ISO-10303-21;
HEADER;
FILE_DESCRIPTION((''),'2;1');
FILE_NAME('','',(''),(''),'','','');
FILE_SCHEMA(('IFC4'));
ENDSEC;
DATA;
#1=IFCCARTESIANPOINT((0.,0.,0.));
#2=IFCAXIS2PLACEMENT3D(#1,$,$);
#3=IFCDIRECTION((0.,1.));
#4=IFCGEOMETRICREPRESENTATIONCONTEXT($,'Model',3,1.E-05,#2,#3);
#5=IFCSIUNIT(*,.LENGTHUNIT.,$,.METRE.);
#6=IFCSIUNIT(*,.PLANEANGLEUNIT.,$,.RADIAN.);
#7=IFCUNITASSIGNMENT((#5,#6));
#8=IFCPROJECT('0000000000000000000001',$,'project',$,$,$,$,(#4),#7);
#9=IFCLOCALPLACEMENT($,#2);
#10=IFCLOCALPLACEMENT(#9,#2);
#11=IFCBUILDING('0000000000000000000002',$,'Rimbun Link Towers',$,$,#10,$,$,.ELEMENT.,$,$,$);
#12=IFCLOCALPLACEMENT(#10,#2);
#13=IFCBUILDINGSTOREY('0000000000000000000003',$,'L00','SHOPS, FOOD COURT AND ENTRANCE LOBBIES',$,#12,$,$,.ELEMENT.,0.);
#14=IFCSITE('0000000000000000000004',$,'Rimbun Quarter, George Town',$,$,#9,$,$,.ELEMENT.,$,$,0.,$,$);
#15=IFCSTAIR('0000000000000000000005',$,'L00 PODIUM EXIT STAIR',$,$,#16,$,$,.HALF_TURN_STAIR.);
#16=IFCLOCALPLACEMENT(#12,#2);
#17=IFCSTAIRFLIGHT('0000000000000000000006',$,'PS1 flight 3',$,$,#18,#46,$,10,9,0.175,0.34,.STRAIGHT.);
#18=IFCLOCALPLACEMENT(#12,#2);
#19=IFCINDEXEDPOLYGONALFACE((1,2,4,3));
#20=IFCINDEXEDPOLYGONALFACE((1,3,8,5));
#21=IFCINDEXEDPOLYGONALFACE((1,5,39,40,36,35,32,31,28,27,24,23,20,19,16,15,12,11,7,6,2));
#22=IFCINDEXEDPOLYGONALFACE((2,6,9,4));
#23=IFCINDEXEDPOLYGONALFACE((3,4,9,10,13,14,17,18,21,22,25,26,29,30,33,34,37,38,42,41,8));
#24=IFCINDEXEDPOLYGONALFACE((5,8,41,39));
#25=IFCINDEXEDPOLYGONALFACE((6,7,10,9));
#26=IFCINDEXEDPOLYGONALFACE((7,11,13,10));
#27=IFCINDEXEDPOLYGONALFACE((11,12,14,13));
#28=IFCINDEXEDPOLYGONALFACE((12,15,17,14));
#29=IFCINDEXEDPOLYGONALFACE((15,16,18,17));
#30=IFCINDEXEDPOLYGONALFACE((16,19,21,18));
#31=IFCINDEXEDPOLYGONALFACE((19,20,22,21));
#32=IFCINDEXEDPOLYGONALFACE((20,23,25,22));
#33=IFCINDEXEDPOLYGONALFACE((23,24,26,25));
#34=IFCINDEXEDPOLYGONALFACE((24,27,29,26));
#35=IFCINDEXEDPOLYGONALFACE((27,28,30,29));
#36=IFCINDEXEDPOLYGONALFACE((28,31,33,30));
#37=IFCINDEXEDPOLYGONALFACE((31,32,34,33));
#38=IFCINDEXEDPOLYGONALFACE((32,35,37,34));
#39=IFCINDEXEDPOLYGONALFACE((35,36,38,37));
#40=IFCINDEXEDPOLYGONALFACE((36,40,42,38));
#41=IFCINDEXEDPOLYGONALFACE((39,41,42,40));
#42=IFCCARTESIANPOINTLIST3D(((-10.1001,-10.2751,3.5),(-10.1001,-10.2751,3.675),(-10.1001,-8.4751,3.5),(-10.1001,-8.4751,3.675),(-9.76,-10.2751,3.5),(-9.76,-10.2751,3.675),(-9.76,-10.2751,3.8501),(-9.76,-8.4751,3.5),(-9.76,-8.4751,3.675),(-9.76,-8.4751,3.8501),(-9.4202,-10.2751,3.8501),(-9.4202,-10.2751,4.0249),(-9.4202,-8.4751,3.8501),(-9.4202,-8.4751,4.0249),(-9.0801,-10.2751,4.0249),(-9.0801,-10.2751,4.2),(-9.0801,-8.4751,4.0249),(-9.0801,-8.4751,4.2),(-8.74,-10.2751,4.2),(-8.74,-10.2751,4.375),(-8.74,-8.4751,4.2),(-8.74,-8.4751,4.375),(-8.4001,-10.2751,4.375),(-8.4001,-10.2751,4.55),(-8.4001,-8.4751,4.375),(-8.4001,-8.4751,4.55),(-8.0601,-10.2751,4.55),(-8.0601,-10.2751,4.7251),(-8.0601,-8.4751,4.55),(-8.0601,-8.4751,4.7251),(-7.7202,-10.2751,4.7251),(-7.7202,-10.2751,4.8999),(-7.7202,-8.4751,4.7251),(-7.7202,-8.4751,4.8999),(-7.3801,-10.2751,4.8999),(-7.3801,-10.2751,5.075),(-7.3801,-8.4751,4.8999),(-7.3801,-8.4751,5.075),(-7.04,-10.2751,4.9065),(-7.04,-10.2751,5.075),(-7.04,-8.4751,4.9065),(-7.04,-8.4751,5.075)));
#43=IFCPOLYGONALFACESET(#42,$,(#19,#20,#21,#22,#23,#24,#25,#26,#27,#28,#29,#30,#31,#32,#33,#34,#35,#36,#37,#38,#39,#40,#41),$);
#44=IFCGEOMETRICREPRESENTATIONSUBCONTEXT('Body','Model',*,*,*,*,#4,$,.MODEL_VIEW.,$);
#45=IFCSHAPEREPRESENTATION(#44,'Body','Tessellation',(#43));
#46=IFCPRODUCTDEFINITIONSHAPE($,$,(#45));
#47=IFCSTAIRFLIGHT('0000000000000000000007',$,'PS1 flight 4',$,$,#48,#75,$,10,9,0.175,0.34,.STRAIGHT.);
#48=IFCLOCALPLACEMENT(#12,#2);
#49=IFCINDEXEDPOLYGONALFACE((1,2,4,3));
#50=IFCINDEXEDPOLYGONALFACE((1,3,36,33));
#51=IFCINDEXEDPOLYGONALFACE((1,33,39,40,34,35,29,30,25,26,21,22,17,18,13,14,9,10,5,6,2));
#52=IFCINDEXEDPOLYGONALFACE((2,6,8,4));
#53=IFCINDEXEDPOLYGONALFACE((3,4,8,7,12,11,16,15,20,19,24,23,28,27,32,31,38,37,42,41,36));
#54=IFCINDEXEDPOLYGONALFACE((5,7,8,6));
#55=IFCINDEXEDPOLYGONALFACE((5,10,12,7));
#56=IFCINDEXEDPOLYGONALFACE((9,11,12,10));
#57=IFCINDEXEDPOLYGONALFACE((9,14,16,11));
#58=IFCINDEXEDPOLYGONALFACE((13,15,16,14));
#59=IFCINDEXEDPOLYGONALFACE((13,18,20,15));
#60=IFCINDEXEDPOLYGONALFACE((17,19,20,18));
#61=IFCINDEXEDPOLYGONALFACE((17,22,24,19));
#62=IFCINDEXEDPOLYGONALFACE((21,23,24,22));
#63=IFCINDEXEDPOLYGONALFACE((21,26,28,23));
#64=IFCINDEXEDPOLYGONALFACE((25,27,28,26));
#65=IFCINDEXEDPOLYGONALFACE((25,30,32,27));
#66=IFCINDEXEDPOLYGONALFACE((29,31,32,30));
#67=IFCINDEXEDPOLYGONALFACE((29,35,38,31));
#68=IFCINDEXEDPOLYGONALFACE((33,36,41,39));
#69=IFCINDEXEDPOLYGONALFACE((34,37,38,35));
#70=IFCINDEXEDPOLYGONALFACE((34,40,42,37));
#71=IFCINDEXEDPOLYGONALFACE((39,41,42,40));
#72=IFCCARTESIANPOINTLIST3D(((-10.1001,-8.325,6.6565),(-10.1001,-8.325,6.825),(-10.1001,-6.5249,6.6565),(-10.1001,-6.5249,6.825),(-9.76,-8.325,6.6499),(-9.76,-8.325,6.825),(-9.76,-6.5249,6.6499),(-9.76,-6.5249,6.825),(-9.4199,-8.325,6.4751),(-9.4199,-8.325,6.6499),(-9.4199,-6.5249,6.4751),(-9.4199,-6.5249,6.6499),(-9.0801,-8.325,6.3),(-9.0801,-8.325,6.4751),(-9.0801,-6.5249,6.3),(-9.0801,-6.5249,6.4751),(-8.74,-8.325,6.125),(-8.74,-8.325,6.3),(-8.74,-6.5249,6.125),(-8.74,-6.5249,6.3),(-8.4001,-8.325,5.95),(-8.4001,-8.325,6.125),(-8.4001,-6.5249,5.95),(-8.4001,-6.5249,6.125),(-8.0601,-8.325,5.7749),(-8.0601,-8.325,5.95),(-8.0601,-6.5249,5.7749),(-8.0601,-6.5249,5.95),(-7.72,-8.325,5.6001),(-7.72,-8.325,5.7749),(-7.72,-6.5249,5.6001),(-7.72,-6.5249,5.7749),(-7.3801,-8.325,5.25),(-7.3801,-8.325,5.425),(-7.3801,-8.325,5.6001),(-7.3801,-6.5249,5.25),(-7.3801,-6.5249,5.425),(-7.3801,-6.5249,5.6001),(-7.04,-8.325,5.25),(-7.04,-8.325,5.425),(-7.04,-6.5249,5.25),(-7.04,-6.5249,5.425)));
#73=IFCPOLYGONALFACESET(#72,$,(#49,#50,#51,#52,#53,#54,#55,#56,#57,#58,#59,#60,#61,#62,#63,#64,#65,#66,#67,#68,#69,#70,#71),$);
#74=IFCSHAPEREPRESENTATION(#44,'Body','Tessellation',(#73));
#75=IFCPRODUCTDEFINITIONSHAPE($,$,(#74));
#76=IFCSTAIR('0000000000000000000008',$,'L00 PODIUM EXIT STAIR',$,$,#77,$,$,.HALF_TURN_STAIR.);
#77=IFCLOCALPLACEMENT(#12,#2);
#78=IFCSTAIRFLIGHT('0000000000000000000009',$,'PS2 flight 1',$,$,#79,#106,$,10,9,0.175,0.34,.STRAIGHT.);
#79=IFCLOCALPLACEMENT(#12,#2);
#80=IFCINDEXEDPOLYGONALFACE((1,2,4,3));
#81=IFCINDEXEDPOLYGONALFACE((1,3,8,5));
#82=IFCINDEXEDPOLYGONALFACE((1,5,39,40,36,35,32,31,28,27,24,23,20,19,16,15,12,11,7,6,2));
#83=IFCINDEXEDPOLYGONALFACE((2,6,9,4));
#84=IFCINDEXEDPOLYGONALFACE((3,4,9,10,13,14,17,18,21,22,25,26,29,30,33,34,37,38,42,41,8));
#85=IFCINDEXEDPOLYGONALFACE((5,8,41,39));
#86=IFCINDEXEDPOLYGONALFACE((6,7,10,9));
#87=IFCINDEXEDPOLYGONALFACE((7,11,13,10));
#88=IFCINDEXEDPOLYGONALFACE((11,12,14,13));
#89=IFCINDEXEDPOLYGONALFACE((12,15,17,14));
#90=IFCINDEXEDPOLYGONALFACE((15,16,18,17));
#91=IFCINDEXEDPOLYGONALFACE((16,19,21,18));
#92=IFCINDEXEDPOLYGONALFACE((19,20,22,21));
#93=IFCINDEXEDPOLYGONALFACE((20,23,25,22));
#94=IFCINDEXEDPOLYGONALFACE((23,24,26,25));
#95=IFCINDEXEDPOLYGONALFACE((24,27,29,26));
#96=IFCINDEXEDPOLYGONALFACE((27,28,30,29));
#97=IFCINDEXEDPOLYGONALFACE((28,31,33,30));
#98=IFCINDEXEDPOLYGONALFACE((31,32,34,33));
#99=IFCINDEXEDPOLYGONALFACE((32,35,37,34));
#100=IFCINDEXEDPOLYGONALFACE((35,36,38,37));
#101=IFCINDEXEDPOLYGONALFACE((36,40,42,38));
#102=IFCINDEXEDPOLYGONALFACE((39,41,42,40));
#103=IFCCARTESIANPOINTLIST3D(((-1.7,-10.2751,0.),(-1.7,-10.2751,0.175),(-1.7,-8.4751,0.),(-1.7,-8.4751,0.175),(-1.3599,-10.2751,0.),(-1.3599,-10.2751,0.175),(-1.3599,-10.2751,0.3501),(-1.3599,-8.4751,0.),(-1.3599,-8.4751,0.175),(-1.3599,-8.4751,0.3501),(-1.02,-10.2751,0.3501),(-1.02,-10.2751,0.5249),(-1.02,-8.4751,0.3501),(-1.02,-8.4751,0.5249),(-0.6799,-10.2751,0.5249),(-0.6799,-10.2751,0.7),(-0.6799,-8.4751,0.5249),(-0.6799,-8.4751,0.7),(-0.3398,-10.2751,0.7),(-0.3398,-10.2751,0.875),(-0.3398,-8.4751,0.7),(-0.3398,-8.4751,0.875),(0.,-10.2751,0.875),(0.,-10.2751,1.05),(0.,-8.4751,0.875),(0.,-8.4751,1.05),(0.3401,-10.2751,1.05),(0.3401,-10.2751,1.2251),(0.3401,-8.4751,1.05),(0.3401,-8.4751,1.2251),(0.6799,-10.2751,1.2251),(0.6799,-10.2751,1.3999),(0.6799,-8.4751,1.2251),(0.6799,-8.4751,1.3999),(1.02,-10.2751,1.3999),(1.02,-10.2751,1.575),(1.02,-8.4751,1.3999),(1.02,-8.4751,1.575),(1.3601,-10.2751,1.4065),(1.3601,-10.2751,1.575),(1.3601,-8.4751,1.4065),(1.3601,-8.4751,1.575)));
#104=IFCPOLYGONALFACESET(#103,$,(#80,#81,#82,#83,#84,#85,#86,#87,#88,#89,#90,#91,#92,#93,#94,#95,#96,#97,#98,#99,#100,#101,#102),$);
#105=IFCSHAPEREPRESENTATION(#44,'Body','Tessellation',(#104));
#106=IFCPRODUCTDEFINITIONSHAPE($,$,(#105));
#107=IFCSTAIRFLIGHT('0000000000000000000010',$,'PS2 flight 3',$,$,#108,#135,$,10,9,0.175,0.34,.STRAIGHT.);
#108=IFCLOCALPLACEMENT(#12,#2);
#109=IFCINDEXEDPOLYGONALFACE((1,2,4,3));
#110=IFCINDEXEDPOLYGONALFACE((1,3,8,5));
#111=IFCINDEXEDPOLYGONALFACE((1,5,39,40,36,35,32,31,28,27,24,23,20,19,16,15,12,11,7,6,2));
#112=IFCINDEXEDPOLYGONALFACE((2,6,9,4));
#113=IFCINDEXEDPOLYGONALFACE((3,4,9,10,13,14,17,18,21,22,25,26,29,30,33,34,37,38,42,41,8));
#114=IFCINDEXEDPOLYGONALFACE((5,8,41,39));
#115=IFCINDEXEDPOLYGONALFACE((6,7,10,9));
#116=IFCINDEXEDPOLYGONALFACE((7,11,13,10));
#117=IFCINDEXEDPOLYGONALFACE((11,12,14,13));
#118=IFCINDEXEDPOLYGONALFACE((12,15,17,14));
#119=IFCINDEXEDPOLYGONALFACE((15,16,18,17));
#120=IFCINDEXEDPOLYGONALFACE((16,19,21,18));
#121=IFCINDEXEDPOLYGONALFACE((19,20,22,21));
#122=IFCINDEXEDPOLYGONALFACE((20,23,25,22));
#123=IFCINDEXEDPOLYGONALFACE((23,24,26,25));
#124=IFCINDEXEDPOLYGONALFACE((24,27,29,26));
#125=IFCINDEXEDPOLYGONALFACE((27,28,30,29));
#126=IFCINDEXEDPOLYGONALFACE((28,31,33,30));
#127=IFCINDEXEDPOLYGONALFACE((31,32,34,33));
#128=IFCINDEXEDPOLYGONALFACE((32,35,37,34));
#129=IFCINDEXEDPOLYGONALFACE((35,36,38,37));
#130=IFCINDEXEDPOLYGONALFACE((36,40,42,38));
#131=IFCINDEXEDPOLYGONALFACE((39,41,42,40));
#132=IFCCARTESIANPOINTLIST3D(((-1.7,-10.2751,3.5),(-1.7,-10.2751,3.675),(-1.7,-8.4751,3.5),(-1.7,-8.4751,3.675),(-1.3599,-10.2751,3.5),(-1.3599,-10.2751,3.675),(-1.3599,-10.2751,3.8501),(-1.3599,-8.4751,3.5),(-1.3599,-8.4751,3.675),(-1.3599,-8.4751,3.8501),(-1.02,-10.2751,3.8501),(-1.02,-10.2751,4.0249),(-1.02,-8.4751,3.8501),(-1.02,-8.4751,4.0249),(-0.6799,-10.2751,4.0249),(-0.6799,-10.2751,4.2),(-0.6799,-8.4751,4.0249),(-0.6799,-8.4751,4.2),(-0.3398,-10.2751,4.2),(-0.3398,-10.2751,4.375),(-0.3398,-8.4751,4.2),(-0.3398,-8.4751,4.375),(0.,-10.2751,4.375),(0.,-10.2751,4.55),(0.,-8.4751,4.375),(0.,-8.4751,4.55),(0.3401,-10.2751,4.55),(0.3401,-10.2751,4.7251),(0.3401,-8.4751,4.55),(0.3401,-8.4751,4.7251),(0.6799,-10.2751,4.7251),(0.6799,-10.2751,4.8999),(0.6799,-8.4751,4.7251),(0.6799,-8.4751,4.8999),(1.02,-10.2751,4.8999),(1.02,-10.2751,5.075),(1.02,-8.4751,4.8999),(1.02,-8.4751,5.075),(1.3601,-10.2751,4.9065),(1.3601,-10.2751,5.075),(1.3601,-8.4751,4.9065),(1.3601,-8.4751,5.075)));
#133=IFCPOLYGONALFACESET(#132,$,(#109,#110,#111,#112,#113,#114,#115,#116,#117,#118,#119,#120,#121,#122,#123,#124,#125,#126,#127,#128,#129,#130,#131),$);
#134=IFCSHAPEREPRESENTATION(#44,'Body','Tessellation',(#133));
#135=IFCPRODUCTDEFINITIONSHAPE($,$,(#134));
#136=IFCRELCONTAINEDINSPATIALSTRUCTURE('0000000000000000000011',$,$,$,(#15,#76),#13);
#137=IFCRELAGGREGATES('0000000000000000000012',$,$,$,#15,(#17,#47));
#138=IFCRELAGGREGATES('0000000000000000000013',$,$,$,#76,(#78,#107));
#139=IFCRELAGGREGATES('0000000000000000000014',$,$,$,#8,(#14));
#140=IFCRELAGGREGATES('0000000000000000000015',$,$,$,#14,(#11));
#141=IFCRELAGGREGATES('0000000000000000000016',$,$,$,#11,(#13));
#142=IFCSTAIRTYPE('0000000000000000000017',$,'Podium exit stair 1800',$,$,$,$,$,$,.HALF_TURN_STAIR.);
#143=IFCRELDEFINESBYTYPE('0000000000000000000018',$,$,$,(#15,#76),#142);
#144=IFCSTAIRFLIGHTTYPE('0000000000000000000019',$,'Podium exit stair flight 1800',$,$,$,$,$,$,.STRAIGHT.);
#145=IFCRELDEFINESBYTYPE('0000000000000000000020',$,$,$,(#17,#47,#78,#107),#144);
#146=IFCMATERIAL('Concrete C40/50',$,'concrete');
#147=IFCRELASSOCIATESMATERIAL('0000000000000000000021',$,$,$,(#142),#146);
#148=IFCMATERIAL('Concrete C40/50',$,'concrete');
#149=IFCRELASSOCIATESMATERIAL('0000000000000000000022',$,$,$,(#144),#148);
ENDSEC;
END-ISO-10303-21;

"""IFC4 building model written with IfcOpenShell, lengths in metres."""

from ifc_helpers import new_model, si_unit, direction, frame, origin, place, context, subcontext, project, spatial, polyline, outline, extrude, material, type_object, element, aggregate, save


model = new_model("IFC4")

# Units and contexts
model_context = context("Model", 3, precision=1e-05, world=origin(), true_north=direction((0.0, 1.0)))
body_context = subcontext(model_context, "Body", "Model", "MODEL_VIEW")
ifc_project = project(units=[si_unit("LENGTHUNIT", "METRE"), si_unit("PLANEANGLEUNIT", "RADIAN")], contexts=[model_context])

# Site, building, storey
site_placement = place(None, origin())
site = spatial("IfcSite", under=ifc_project, at=site_placement, Name="Rimbun Quarter, George Town", CompositionType="ELEMENT", RefElevation=0.0)
building_placement = place(site_placement, origin())
building = spatial("IfcBuilding", under=site, at=building_placement, Name="Rimbun Link Towers", CompositionType="ELEMENT")
storey_placement = place(building_placement, origin())
storey = spatial("IfcBuildingStorey", under=building, at=storey_placement, Name="L00", Description="SHOPS, FOOD COURT AND ENTRANCE LOBBIES", CompositionType="ELEMENT", Elevation=0.0)

# Stairs, stair flights
ifc_material_1 = material(Name="Concrete C40/50", Category="concrete")
stair_type = type_object("IfcStairType", Name="Podium exit stair 1800", PredefinedType="HALF_TURN_STAIR", material=ifc_material_1)
stair_1_placement = place(storey_placement, origin())
stair_1 = element("IfcStair", 1, at=stair_1_placement, inside=storey, type_object=stair_type, Name="L00 PODIUM EXIT STAIR", PredefinedType="HALF_TURN_STAIR")
ifc_material_2 = material(Name="Concrete C40/50", Category="concrete")
stair_flight_type = type_object("IfcStairFlightType", Name="Podium exit stair flight 1800", PredefinedType="STRAIGHT", material=ifc_material_2)
stair_flight_1_placement = place(storey_placement, frame((-10.1001, -9.375, 3.5), z_axis=(0.0, 0.0, 1.0), x_axis=(1.0, 0.0, 0.0)))
stair_flight_1 = element("IfcStairFlight", 2, at=stair_flight_1_placement, type_object=stair_flight_type, Name="PS1 flight 3", NumberOfRisers=10, NumberOfTreads=9, PredefinedType="STRAIGHT", RiserHeight=0.175, TreadLength=0.34, context=body_context, shape_type="SweptSolid", body=[
    extrude(outline(polyline([(0.0, 0.0), (0.0, 0.175), (0.3401, 0.175), (0.3401, 0.3501), (0.6799, 0.3501), (0.6799, 0.5249), (1.02, 0.5249), (1.02, 0.7), (1.3601, 0.7), (1.3601, 0.875), (1.7, 0.875), (1.7, 1.05), (2.04, 1.05), (2.04, 1.2251), (2.3799, 1.2251), (2.3799, 1.3999), (2.72, 1.3999), (2.72, 1.575), (3.0601, 1.575), (3.0601, 1.75), (3.0601, 1.4065), (0.3401, 0.0), (0.0, 0.0)])), frame((0.0, 0.8999, 0.0), z_axis=(0.0, -1.0, 0.0), x_axis=(1.0, 0.0, 0.0)), (0.0, 0.0, 1.0), 1.8),
])
stair_flight_2_placement = place(storey_placement, frame((-7.04, -7.425, 5.25), z_axis=(0.0, 0.0, 1.0), x_axis=(-1.0, 0.0, 0.0)))
stair_flight_2 = element("IfcStairFlight", 3, at=stair_flight_2_placement, type_object=stair_flight_type, Name="PS1 flight 4", NumberOfRisers=10, NumberOfTreads=9, PredefinedType="STRAIGHT", RiserHeight=0.175, TreadLength=0.34, context=body_context, shape_type="SweptSolid", body=[
    extrude(outline(polyline([(0.0, 0.0), (0.0, 0.175), (0.3401, 0.175), (0.3401, 0.3501), (0.6799, 0.3501), (0.6799, 0.5249), (1.02, 0.5249), (1.02, 0.7), (1.3601, 0.7), (1.3601, 0.875), (1.7, 0.875), (1.7, 1.05), (2.04, 1.05), (2.04, 1.2251), (2.3799, 1.2251), (2.3799, 1.3999), (2.72, 1.3999), (2.72, 1.575), (3.0601, 1.575), (3.0601, 1.75), (3.0601, 1.4065), (0.3401, 0.0), (0.0, 0.0)])), frame((0.0, 0.8999, 0.0), z_axis=(0.0, -1.0, 0.0), x_axis=(1.0, 0.0, 0.0)), (0.0, 0.0, 1.0), 1.8),
])
aggregate(stair_1, [stair_flight_1, stair_flight_2])
stair_2_placement = place(storey_placement, origin())
stair_2 = element("IfcStair", 4, at=stair_2_placement, inside=storey, type_object=stair_type, Name="L00 PODIUM EXIT STAIR", PredefinedType="HALF_TURN_STAIR")
stair_flight_3_placement = place(storey_placement, frame((-1.7, -9.375, 0.0), z_axis=(0.0, 0.0, 1.0), x_axis=(1.0, 0.0, 0.0)))
stair_flight_3 = element("IfcStairFlight", 5, at=stair_flight_3_placement, type_object=stair_flight_type, Name="PS2 flight 1", NumberOfRisers=10, NumberOfTreads=9, PredefinedType="STRAIGHT", RiserHeight=0.175, TreadLength=0.34, context=body_context, shape_type="SweptSolid", body=[
    extrude(outline(polyline([(0.0, 0.0), (0.0, 0.175), (0.3401, 0.175), (0.3401, 0.3501), (0.6799, 0.3501), (0.6799, 0.5249), (1.02, 0.5249), (1.02, 0.7), (1.3601, 0.7), (1.3601, 0.875), (1.7, 0.875), (1.7, 1.05), (2.04, 1.05), (2.04, 1.2251), (2.3799, 1.2251), (2.3799, 1.3999), (2.72, 1.3999), (2.72, 1.575), (3.0601, 1.575), (3.0601, 1.75), (3.0601, 1.4065), (0.3401, 0.0), (0.0, 0.0)])), frame((0.0, 0.8999, 0.0), z_axis=(0.0, -1.0, 0.0), x_axis=(1.0, 0.0, 0.0)), (0.0, 0.0, 1.0), 1.8),
])
stair_flight_4_placement = place(storey_placement, frame((-1.7, -9.375, 3.5), z_axis=(0.0, 0.0, 1.0), x_axis=(1.0, 0.0, 0.0)))
stair_flight_4 = element("IfcStairFlight", 6, at=stair_flight_4_placement, type_object=stair_flight_type, Name="PS2 flight 3", NumberOfRisers=10, NumberOfTreads=9, PredefinedType="STRAIGHT", RiserHeight=0.175, TreadLength=0.34, context=body_context, shape_type="SweptSolid", body=[
    extrude(outline(polyline([(0.0, 0.0), (0.0, 0.175), (0.3401, 0.175), (0.3401, 0.3501), (0.6799, 0.3501), (0.6799, 0.5249), (1.02, 0.5249), (1.02, 0.7), (1.3601, 0.7), (1.3601, 0.875), (1.7, 0.875), (1.7, 1.05), (2.04, 1.05), (2.04, 1.2251), (2.3799, 1.2251), (2.3799, 1.3999), (2.72, 1.3999), (2.72, 1.575), (3.0601, 1.575), (3.0601, 1.75), (3.0601, 1.4065), (0.3401, 0.0), (0.0, 0.0)])), frame((0.0, 0.8999, 0.0), z_axis=(0.0, -1.0, 0.0), x_axis=(1.0, 0.0, 0.0)), (0.0, 0.0, 1.0), 1.8),
])
aggregate(stair_2, [stair_flight_3, stair_flight_4])

save(model, "model.ifc")
